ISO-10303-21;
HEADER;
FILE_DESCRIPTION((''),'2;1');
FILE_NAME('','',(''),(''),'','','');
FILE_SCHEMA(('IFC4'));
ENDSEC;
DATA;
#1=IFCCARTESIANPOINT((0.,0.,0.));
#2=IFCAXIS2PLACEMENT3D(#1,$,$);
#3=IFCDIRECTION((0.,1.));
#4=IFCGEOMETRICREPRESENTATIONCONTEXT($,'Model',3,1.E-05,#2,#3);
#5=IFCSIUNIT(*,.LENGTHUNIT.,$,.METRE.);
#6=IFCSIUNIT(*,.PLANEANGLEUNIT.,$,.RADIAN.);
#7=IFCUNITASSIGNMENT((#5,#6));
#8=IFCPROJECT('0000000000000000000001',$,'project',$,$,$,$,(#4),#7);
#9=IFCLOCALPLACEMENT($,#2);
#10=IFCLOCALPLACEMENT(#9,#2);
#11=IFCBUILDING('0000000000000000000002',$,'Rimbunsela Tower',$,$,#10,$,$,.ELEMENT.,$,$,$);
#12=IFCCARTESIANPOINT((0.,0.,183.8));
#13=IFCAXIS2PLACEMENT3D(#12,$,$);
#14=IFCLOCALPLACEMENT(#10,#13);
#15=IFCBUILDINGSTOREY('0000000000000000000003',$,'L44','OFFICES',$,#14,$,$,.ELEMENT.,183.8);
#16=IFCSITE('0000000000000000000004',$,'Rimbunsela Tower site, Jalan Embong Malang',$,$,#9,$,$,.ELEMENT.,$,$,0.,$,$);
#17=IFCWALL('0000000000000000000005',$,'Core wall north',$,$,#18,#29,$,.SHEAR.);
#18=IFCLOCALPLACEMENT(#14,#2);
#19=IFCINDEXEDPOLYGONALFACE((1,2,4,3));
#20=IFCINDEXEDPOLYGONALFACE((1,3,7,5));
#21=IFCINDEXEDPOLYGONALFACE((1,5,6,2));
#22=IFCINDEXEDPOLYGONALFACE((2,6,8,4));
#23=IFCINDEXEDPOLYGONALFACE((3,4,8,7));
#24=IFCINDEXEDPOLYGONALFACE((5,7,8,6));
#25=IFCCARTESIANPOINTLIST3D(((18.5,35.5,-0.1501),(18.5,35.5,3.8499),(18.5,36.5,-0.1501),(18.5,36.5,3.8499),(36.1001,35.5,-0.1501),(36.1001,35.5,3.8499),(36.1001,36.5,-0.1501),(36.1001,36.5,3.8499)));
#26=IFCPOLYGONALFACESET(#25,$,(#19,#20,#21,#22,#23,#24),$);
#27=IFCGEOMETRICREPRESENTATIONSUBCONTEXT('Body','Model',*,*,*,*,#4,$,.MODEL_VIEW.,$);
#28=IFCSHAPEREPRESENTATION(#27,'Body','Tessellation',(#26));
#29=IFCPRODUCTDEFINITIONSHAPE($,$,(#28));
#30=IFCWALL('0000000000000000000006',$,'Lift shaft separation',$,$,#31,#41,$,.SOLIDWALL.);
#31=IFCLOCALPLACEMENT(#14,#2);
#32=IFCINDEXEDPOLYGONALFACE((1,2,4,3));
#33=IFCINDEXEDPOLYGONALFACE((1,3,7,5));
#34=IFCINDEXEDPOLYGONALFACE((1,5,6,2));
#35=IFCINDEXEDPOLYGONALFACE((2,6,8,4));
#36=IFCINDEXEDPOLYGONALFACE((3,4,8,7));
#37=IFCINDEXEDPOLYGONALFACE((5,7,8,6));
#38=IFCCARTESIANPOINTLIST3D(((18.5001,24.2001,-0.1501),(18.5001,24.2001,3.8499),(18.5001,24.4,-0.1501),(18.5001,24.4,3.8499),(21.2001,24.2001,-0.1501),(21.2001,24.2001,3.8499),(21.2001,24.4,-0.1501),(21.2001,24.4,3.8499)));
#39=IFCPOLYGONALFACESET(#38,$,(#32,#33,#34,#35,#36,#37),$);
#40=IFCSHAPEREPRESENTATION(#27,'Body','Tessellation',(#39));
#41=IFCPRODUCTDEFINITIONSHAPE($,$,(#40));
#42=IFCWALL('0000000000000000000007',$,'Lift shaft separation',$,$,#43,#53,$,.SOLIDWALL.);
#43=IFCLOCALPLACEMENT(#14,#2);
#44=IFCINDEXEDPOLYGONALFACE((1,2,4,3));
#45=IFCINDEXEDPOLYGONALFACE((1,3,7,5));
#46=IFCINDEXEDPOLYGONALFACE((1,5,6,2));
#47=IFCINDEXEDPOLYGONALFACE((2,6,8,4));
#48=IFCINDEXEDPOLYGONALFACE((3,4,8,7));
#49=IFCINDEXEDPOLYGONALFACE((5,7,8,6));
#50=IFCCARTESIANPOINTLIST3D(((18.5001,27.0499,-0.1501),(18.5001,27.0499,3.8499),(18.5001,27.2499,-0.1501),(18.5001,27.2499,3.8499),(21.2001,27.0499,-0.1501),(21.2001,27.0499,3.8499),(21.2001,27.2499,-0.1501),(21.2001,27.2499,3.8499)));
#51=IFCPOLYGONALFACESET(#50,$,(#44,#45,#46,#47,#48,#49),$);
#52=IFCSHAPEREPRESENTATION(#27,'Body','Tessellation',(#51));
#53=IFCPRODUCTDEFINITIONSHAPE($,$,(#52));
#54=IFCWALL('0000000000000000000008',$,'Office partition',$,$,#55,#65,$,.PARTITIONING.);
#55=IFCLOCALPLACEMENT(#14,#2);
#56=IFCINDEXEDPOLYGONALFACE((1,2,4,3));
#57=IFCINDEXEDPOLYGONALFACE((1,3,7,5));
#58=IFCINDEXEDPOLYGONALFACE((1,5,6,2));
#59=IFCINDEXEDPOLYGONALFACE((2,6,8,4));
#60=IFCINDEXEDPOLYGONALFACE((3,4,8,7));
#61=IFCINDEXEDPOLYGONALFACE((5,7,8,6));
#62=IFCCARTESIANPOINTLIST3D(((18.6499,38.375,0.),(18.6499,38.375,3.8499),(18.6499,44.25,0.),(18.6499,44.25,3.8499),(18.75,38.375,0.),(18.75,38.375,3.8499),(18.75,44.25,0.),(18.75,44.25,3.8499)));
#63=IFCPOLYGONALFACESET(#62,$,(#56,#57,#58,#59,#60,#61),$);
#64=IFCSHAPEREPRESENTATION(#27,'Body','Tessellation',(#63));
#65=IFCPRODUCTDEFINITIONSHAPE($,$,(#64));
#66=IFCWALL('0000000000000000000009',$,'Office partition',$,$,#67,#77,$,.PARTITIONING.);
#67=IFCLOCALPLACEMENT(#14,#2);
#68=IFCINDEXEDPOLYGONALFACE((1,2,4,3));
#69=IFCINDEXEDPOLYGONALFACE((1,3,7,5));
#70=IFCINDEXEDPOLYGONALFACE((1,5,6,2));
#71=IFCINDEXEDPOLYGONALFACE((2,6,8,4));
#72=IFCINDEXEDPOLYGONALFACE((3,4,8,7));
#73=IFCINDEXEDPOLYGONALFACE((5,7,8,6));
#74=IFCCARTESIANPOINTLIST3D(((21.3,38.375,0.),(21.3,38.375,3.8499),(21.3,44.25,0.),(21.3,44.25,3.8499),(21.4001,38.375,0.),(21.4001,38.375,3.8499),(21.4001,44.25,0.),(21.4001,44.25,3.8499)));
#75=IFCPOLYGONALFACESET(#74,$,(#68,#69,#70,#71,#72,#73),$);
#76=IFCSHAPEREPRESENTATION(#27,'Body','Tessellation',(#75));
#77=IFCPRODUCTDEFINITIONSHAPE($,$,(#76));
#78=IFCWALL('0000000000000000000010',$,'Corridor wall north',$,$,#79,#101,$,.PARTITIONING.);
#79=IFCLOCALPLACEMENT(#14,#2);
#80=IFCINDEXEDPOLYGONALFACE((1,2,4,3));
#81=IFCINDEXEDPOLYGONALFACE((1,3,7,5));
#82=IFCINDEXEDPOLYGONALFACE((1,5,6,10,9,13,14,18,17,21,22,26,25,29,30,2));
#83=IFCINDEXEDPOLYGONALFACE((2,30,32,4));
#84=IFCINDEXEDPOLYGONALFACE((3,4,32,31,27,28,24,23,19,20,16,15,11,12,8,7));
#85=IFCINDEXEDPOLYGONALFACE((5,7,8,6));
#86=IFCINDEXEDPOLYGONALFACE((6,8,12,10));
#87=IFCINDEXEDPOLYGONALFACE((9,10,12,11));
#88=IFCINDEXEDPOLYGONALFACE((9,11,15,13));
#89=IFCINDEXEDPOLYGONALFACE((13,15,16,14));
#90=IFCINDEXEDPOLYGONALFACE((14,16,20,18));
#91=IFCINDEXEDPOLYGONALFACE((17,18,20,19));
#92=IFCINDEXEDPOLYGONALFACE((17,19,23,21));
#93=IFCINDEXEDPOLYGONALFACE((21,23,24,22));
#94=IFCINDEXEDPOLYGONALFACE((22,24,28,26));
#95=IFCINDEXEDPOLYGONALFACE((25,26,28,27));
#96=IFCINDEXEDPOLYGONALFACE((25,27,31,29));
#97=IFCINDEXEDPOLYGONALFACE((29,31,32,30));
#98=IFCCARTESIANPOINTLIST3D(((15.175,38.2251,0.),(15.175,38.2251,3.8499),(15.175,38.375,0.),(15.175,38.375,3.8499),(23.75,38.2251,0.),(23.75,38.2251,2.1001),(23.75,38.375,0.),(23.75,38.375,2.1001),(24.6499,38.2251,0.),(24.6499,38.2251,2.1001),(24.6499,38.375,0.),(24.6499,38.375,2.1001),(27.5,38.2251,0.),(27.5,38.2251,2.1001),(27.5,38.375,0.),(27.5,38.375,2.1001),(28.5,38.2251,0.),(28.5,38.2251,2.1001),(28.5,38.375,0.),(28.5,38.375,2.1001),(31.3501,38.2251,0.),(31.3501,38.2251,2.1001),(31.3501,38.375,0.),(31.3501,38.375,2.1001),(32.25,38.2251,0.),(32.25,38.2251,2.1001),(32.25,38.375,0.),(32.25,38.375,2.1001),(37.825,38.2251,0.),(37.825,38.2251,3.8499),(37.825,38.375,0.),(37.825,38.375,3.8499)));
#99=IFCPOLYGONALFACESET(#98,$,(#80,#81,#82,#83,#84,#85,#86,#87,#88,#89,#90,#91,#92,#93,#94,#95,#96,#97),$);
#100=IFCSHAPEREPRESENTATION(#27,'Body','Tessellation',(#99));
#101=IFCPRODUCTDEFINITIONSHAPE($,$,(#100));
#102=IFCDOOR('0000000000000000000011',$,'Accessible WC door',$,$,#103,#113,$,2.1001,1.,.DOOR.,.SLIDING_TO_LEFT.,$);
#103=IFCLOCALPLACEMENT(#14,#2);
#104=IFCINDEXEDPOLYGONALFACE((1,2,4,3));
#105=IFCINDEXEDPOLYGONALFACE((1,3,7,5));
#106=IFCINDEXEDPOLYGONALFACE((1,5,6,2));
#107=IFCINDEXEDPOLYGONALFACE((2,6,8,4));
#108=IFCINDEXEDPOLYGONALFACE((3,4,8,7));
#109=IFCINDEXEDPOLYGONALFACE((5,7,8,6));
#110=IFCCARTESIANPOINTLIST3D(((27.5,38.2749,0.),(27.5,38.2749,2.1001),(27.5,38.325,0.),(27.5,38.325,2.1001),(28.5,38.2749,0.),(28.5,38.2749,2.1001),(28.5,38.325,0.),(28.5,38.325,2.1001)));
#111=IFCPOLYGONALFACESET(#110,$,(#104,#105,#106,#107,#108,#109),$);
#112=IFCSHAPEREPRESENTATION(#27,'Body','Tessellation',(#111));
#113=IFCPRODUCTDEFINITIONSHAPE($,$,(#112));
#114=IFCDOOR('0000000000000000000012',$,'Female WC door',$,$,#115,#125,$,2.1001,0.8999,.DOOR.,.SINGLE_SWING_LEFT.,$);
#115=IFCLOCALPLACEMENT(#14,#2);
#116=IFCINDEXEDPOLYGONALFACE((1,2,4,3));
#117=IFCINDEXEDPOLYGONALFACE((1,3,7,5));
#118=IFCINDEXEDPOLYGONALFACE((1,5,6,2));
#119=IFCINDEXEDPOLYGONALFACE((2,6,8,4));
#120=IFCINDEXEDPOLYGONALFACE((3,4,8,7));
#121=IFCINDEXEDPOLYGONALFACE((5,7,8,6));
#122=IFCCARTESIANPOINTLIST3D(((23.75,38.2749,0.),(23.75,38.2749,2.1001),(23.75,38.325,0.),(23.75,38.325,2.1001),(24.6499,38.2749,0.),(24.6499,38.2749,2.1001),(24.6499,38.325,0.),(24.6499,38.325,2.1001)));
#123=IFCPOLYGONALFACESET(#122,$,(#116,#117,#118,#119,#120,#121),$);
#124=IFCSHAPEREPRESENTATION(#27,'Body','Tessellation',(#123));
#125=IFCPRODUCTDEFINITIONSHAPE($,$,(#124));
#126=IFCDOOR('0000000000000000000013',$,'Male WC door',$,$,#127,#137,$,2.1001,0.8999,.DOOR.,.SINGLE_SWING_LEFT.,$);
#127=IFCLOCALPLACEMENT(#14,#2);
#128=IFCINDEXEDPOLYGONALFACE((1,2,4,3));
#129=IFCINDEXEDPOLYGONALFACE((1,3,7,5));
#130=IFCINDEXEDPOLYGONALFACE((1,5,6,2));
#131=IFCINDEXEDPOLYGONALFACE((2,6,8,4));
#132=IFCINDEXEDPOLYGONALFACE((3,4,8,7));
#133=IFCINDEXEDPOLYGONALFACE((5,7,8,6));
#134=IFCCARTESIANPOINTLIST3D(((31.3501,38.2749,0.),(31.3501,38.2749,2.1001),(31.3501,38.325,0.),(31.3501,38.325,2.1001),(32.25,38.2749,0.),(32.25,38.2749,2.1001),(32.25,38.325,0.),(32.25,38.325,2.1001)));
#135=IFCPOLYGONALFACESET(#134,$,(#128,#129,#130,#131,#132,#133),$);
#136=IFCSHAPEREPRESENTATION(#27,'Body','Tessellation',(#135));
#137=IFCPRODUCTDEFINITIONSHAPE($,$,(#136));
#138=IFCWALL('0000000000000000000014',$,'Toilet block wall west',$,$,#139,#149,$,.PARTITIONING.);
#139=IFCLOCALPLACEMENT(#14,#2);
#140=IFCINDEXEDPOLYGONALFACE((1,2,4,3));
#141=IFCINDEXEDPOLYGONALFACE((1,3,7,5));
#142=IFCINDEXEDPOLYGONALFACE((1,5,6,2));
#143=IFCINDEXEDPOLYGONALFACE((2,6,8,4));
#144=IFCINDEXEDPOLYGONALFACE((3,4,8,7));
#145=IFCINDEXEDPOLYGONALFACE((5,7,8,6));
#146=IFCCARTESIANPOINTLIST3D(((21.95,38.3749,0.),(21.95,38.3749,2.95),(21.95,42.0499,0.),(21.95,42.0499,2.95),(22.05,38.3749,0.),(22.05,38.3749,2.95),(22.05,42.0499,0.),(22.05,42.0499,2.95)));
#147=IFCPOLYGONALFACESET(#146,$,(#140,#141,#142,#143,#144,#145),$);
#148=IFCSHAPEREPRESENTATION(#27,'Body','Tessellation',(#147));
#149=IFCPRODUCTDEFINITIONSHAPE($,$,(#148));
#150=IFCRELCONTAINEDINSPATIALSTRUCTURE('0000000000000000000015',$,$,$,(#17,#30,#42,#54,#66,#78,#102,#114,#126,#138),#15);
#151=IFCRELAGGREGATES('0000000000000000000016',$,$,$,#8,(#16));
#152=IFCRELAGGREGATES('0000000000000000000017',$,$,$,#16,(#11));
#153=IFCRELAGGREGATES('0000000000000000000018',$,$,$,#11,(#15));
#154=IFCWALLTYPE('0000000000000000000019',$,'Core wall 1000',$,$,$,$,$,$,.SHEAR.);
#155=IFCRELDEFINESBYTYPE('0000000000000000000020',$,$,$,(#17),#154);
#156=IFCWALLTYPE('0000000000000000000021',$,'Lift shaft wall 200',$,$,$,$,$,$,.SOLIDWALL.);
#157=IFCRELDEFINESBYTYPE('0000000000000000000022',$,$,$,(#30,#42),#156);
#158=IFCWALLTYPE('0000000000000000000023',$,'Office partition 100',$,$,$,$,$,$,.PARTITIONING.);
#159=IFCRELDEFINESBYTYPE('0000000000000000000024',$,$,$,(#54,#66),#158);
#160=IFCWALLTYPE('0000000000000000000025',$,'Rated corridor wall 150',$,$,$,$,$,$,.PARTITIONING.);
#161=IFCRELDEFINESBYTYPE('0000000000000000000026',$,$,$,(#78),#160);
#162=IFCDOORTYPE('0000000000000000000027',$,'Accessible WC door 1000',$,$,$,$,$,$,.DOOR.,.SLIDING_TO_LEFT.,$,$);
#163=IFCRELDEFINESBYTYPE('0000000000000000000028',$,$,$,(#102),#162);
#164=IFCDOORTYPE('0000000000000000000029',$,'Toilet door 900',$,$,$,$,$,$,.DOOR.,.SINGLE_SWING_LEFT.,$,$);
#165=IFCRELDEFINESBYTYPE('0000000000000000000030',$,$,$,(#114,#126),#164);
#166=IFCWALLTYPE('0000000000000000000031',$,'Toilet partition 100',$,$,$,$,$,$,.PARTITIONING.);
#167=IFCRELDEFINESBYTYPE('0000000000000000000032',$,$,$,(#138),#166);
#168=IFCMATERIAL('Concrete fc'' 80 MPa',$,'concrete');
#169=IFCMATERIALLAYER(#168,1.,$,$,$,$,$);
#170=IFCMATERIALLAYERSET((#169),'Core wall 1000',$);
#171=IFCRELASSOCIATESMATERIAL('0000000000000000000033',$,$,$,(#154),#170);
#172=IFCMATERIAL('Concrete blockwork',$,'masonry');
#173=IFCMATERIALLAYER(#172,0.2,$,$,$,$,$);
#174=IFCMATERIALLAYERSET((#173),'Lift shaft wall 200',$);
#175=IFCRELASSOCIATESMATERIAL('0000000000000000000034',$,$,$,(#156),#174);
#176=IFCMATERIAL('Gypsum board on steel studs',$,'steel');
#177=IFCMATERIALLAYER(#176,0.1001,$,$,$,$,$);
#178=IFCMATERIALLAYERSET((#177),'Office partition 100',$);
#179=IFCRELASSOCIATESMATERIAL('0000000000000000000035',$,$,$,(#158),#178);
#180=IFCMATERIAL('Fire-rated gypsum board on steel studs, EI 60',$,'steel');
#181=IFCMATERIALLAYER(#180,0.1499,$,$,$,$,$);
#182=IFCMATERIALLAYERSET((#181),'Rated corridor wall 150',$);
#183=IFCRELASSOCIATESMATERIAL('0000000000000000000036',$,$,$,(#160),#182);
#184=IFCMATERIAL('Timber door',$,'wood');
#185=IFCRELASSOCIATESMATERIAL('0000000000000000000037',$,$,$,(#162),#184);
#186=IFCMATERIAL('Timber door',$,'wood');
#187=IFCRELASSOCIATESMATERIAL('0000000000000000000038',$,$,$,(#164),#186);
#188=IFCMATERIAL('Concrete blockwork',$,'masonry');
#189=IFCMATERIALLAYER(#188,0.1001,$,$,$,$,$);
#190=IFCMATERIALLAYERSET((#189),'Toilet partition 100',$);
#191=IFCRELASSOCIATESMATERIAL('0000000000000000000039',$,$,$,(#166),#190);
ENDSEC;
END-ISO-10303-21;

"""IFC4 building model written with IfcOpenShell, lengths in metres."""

from ifc_helpers import new_model, si_unit, direction, frame, frame_2d, origin, place, context, subcontext, project, spatial, rectangle, extrude, material, layer, layer_set, type_object, element, fill, save


model = new_model("IFC4")

# Units and contexts
model_context = context("Model", 3, precision=1e-05, world=origin(), true_north=direction((0.0, 1.0)))
body_context = subcontext(model_context, "Body", "Model", "MODEL_VIEW")
ifc_project = project(units=[si_unit("LENGTHUNIT", "METRE"), si_unit("PLANEANGLEUNIT", "RADIAN")], contexts=[model_context])

# Site, building, storey
site_placement = place(None, origin())
site = spatial("IfcSite", under=ifc_project, at=site_placement, Name="Rimbunsela Tower site, Jalan Embong Malang", CompositionType="ELEMENT", RefElevation=0.0)
building_placement = place(site_placement, origin())
building = spatial("IfcBuilding", under=site, at=building_placement, Name="Rimbunsela Tower", CompositionType="ELEMENT")
storey_placement = place(building_placement, frame((0.0, 0.0, 183.8)))
storey = spatial("IfcBuildingStorey", under=building, at=storey_placement, Name="L44", Description="OFFICES", CompositionType="ELEMENT", Elevation=183.8)

# Walls
ifc_material_1 = material(Name="Concrete fc' 80 MPa", Category="concrete")
ifc_layer_1 = layer(ifc_material_1, 1.0)
ifc_layer_set_1 = layer_set([ifc_layer_1], Name="Core wall 1000")
wall_type_1 = type_object("IfcWallType", Name="Core wall 1000", PredefinedType="SHEAR", material=ifc_layer_set_1)
wall_1_placement = place(storey_placement, frame((18.5, 36.0, -0.1501), z_axis=(0.0, 0.0, 1.0), x_axis=(1.0, 0.0, 0.0)))
element("IfcWall", 1, at=wall_1_placement, inside=storey, type_object=wall_type_1, Name="Core wall north", PredefinedType="SHEAR", context=body_context, shape_type="SweptSolid", body=[
    extrude(rectangle(XDim=17.6001, YDim=1.0, at=frame_2d((8.8, 0.0))), origin(), (0.0, 0.0, 1.0), 4.0),
])
ifc_material_2 = material(Name="Concrete blockwork", Category="masonry")
ifc_layer_2 = layer(ifc_material_2, 0.2)
ifc_layer_set_2 = layer_set([ifc_layer_2], Name="Lift shaft wall 200")
wall_type_2 = type_object("IfcWallType", Name="Lift shaft wall 200", PredefinedType="SOLIDWALL", material=ifc_layer_set_2)
for number, where, z_axis, x_axis, name in (
    (2, (18.5, 24.3, -0.1501), (0.0, 0.0, 1.0), (1.0, 0.0, 0.0), "Lift shaft separation"),
    (3, (18.5, 27.1499, -0.1501), (0.0, 0.0, 1.0), (1.0, 0.0, 0.0), "Lift shaft separation"),
):
    element("IfcWall", number, at=place(storey_placement, frame(where, z_axis=z_axis, x_axis=x_axis)), inside=storey, type_object=wall_type_2, Name=name, PredefinedType="SOLIDWALL", context=body_context, shape_type="SweptSolid", body=[
        extrude(rectangle(XDim=2.7, YDim=0.2, at=frame_2d((1.3501, 0.0))), origin(), (0.0, 0.0, 1.0), 4.0),
    ])
ifc_material_3 = material(Name="Gypsum board on steel studs", Category="steel")
ifc_layer_3 = layer(ifc_material_3, 0.1001)
ifc_layer_set_3 = layer_set([ifc_layer_3], Name="Office partition 100")
wall_type_3 = type_object("IfcWallType", Name="Office partition 100", PredefinedType="PARTITIONING", material=ifc_layer_set_3)
for number, where, z_axis, x_axis, name in (
    (4, (18.7, 38.375, 0.0), (0.0, 0.0, 1.0), (0.0, 1.0, 0.0), "Office partition"),
    (5, (21.3501, 38.375, 0.0), (0.0, 0.0, 1.0), (0.0, 1.0, 0.0), "Office partition"),
):
    element("IfcWall", number, at=place(storey_placement, frame(where, z_axis=z_axis, x_axis=x_axis)), inside=storey, type_object=wall_type_3, Name=name, PredefinedType="PARTITIONING", context=body_context, shape_type="SweptSolid", body=[
        extrude(rectangle(XDim=5.875, YDim=0.1001, at=frame_2d((2.9375, 0.0))), origin(), (0.0, 0.0, 1.0), 3.8499),
    ])

# Wall, openings, doors
ifc_material_4 = material(Name="Fire-rated gypsum board on steel studs, EI 60", Category="steel")
ifc_layer_4 = layer(ifc_material_4, 0.1499)
ifc_layer_set_4 = layer_set([ifc_layer_4], Name="Rated corridor wall 150")
wall_type_4 = type_object("IfcWallType", Name="Rated corridor wall 150", PredefinedType="PARTITIONING", material=ifc_layer_set_4)
wall_2_placement = place(storey_placement, frame((15.175, 38.3, 0.0), z_axis=(0.0, 0.0, 1.0), x_axis=(1.0, 0.0, 0.0)))
wall_2 = element("IfcWall", 6, at=wall_2_placement, inside=storey, type_object=wall_type_4, Name="Corridor wall north", PredefinedType="PARTITIONING", context=body_context, shape_type="SweptSolid", body=[
    extrude(rectangle(XDim=22.6499, YDim=0.1499, at=frame_2d((11.325, 0.0))), origin(), (0.0, 0.0, 1.0), 3.8499),
])
opening_1_placement = place(wall_2_placement, frame((8.575, 0.0, 0.0)))
opening_1 = element("IfcOpeningElement", 7, at=opening_1_placement, cuts=wall_2, PredefinedType="OPENING", context=body_context, shape_type="SweptSolid", body=[
    extrude(rectangle(XDim=0.8999, YDim=2.1001, at=frame_2d((0.45, 1.05))), frame((0.0, 0.085, 0.0), z_axis=(0.0, -1.0, 0.0), x_axis=(1.0, 0.0, 0.0)), (0.0, 0.0, 1.0), 0.1699),
])
opening_2_placement = place(wall_2_placement, frame((12.325, 0.0, 0.0)))
opening_2 = element("IfcOpeningElement", 8, at=opening_2_placement, cuts=wall_2, PredefinedType="OPENING", context=body_context, shape_type="SweptSolid", body=[
    extrude(rectangle(XDim=1.0, YDim=2.1001, at=frame_2d((0.5, 1.05))), frame((0.0, 0.085, 0.0), z_axis=(0.0, -1.0, 0.0), x_axis=(1.0, 0.0, 0.0)), (0.0, 0.0, 1.0), 0.1699),
])
opening_3_placement = place(wall_2_placement, frame((16.175, 0.0, 0.0)))
opening_3 = element("IfcOpeningElement", 9, at=opening_3_placement, cuts=wall_2, PredefinedType="OPENING", context=body_context, shape_type="SweptSolid", body=[
    extrude(rectangle(XDim=0.8999, YDim=2.1001, at=frame_2d((0.45, 1.05))), frame((0.0, 0.085, 0.0), z_axis=(0.0, -1.0, 0.0), x_axis=(1.0, 0.0, 0.0)), (0.0, 0.0, 1.0), 0.1699),
])
ifc_material_5 = material(Name="Timber door", Category="wood")
door_type_1 = type_object("IfcDoorType", Name="Accessible WC door 1000", OperationType="SLIDING_TO_LEFT", PredefinedType="DOOR", material=ifc_material_5)
door_1_placement = place(opening_2_placement, origin())
door_1 = element("IfcDoor", 10, at=door_1_placement, inside=storey, type_object=door_type_1, Name="Accessible WC door", OperationType="SLIDING_TO_LEFT", OverallHeight=2.1001, OverallWidth=1.0, PredefinedType="DOOR", context=body_context, shape_type="SweptSolid", body=[
    extrude(rectangle(XDim=1.0, YDim=2.1001, at=frame_2d((0.5, 1.05))), frame((0.0, 0.0249, 0.0), z_axis=(0.0, -1.0, 0.0), x_axis=(1.0, 0.0, 0.0)), (0.0, 0.0, 1.0), 0.05),
])
fill(opening_2, door_1)
ifc_material_6 = material(Name="Timber door", Category="wood")
door_type_2 = type_object("IfcDoorType", Name="Toilet door 900", OperationType="SINGLE_SWING_LEFT", PredefinedType="DOOR", material=ifc_material_6)
door_2_placement = place(opening_1_placement, origin())
door_2 = element("IfcDoor", 11, at=door_2_placement, inside=storey, type_object=door_type_2, Name="Female WC door", OperationType="SINGLE_SWING_LEFT", OverallHeight=2.1001, OverallWidth=0.8999, PredefinedType="DOOR", context=body_context, shape_type="SweptSolid", body=[
    extrude(rectangle(XDim=0.8999, YDim=2.1001, at=frame_2d((0.45, 1.05))), frame((0.0, 0.0249, 0.0), z_axis=(0.0, -1.0, 0.0), x_axis=(1.0, 0.0, 0.0)), (0.0, 0.0, 1.0), 0.05),
])
fill(opening_1, door_2)
door_3_placement = place(opening_3_placement, origin())
door_3 = element("IfcDoor", 12, at=door_3_placement, inside=storey, type_object=door_type_2, Name="Male WC door", OperationType="SINGLE_SWING_LEFT", OverallHeight=2.1001, OverallWidth=0.8999, PredefinedType="DOOR", context=body_context, shape_type="SweptSolid", body=[
    extrude(rectangle(XDim=0.8999, YDim=2.1001, at=frame_2d((0.45, 1.05))), frame((0.0, 0.0249, 0.0), z_axis=(0.0, -1.0, 0.0), x_axis=(1.0, 0.0, 0.0)), (0.0, 0.0, 1.0), 0.05),
])
fill(opening_3, door_3)

# Wall
ifc_material_7 = material(Name="Concrete blockwork", Category="masonry")
ifc_layer_5 = layer(ifc_material_7, 0.1001)
ifc_layer_set_5 = layer_set([ifc_layer_5], Name="Toilet partition 100")
wall_type_5 = type_object("IfcWallType", Name="Toilet partition 100", PredefinedType="PARTITIONING", material=ifc_layer_set_5)
wall_3_placement = place(storey_placement, frame((22.0, 38.375, 0.0), z_axis=(0.0, 0.0, 1.0), x_axis=(0.0, 1.0, 0.0)))
element("IfcWall", 13, at=wall_3_placement, inside=storey, type_object=wall_type_5, Name="Toilet block wall west", PredefinedType="PARTITIONING", context=body_context, shape_type="SweptSolid", body=[
    extrude(rectangle(XDim=3.675, YDim=0.1001, at=frame_2d((1.8374, 0.0))), origin(), (0.0, 0.0, 1.0), 2.95),
])

save(model, "model.ifc")
